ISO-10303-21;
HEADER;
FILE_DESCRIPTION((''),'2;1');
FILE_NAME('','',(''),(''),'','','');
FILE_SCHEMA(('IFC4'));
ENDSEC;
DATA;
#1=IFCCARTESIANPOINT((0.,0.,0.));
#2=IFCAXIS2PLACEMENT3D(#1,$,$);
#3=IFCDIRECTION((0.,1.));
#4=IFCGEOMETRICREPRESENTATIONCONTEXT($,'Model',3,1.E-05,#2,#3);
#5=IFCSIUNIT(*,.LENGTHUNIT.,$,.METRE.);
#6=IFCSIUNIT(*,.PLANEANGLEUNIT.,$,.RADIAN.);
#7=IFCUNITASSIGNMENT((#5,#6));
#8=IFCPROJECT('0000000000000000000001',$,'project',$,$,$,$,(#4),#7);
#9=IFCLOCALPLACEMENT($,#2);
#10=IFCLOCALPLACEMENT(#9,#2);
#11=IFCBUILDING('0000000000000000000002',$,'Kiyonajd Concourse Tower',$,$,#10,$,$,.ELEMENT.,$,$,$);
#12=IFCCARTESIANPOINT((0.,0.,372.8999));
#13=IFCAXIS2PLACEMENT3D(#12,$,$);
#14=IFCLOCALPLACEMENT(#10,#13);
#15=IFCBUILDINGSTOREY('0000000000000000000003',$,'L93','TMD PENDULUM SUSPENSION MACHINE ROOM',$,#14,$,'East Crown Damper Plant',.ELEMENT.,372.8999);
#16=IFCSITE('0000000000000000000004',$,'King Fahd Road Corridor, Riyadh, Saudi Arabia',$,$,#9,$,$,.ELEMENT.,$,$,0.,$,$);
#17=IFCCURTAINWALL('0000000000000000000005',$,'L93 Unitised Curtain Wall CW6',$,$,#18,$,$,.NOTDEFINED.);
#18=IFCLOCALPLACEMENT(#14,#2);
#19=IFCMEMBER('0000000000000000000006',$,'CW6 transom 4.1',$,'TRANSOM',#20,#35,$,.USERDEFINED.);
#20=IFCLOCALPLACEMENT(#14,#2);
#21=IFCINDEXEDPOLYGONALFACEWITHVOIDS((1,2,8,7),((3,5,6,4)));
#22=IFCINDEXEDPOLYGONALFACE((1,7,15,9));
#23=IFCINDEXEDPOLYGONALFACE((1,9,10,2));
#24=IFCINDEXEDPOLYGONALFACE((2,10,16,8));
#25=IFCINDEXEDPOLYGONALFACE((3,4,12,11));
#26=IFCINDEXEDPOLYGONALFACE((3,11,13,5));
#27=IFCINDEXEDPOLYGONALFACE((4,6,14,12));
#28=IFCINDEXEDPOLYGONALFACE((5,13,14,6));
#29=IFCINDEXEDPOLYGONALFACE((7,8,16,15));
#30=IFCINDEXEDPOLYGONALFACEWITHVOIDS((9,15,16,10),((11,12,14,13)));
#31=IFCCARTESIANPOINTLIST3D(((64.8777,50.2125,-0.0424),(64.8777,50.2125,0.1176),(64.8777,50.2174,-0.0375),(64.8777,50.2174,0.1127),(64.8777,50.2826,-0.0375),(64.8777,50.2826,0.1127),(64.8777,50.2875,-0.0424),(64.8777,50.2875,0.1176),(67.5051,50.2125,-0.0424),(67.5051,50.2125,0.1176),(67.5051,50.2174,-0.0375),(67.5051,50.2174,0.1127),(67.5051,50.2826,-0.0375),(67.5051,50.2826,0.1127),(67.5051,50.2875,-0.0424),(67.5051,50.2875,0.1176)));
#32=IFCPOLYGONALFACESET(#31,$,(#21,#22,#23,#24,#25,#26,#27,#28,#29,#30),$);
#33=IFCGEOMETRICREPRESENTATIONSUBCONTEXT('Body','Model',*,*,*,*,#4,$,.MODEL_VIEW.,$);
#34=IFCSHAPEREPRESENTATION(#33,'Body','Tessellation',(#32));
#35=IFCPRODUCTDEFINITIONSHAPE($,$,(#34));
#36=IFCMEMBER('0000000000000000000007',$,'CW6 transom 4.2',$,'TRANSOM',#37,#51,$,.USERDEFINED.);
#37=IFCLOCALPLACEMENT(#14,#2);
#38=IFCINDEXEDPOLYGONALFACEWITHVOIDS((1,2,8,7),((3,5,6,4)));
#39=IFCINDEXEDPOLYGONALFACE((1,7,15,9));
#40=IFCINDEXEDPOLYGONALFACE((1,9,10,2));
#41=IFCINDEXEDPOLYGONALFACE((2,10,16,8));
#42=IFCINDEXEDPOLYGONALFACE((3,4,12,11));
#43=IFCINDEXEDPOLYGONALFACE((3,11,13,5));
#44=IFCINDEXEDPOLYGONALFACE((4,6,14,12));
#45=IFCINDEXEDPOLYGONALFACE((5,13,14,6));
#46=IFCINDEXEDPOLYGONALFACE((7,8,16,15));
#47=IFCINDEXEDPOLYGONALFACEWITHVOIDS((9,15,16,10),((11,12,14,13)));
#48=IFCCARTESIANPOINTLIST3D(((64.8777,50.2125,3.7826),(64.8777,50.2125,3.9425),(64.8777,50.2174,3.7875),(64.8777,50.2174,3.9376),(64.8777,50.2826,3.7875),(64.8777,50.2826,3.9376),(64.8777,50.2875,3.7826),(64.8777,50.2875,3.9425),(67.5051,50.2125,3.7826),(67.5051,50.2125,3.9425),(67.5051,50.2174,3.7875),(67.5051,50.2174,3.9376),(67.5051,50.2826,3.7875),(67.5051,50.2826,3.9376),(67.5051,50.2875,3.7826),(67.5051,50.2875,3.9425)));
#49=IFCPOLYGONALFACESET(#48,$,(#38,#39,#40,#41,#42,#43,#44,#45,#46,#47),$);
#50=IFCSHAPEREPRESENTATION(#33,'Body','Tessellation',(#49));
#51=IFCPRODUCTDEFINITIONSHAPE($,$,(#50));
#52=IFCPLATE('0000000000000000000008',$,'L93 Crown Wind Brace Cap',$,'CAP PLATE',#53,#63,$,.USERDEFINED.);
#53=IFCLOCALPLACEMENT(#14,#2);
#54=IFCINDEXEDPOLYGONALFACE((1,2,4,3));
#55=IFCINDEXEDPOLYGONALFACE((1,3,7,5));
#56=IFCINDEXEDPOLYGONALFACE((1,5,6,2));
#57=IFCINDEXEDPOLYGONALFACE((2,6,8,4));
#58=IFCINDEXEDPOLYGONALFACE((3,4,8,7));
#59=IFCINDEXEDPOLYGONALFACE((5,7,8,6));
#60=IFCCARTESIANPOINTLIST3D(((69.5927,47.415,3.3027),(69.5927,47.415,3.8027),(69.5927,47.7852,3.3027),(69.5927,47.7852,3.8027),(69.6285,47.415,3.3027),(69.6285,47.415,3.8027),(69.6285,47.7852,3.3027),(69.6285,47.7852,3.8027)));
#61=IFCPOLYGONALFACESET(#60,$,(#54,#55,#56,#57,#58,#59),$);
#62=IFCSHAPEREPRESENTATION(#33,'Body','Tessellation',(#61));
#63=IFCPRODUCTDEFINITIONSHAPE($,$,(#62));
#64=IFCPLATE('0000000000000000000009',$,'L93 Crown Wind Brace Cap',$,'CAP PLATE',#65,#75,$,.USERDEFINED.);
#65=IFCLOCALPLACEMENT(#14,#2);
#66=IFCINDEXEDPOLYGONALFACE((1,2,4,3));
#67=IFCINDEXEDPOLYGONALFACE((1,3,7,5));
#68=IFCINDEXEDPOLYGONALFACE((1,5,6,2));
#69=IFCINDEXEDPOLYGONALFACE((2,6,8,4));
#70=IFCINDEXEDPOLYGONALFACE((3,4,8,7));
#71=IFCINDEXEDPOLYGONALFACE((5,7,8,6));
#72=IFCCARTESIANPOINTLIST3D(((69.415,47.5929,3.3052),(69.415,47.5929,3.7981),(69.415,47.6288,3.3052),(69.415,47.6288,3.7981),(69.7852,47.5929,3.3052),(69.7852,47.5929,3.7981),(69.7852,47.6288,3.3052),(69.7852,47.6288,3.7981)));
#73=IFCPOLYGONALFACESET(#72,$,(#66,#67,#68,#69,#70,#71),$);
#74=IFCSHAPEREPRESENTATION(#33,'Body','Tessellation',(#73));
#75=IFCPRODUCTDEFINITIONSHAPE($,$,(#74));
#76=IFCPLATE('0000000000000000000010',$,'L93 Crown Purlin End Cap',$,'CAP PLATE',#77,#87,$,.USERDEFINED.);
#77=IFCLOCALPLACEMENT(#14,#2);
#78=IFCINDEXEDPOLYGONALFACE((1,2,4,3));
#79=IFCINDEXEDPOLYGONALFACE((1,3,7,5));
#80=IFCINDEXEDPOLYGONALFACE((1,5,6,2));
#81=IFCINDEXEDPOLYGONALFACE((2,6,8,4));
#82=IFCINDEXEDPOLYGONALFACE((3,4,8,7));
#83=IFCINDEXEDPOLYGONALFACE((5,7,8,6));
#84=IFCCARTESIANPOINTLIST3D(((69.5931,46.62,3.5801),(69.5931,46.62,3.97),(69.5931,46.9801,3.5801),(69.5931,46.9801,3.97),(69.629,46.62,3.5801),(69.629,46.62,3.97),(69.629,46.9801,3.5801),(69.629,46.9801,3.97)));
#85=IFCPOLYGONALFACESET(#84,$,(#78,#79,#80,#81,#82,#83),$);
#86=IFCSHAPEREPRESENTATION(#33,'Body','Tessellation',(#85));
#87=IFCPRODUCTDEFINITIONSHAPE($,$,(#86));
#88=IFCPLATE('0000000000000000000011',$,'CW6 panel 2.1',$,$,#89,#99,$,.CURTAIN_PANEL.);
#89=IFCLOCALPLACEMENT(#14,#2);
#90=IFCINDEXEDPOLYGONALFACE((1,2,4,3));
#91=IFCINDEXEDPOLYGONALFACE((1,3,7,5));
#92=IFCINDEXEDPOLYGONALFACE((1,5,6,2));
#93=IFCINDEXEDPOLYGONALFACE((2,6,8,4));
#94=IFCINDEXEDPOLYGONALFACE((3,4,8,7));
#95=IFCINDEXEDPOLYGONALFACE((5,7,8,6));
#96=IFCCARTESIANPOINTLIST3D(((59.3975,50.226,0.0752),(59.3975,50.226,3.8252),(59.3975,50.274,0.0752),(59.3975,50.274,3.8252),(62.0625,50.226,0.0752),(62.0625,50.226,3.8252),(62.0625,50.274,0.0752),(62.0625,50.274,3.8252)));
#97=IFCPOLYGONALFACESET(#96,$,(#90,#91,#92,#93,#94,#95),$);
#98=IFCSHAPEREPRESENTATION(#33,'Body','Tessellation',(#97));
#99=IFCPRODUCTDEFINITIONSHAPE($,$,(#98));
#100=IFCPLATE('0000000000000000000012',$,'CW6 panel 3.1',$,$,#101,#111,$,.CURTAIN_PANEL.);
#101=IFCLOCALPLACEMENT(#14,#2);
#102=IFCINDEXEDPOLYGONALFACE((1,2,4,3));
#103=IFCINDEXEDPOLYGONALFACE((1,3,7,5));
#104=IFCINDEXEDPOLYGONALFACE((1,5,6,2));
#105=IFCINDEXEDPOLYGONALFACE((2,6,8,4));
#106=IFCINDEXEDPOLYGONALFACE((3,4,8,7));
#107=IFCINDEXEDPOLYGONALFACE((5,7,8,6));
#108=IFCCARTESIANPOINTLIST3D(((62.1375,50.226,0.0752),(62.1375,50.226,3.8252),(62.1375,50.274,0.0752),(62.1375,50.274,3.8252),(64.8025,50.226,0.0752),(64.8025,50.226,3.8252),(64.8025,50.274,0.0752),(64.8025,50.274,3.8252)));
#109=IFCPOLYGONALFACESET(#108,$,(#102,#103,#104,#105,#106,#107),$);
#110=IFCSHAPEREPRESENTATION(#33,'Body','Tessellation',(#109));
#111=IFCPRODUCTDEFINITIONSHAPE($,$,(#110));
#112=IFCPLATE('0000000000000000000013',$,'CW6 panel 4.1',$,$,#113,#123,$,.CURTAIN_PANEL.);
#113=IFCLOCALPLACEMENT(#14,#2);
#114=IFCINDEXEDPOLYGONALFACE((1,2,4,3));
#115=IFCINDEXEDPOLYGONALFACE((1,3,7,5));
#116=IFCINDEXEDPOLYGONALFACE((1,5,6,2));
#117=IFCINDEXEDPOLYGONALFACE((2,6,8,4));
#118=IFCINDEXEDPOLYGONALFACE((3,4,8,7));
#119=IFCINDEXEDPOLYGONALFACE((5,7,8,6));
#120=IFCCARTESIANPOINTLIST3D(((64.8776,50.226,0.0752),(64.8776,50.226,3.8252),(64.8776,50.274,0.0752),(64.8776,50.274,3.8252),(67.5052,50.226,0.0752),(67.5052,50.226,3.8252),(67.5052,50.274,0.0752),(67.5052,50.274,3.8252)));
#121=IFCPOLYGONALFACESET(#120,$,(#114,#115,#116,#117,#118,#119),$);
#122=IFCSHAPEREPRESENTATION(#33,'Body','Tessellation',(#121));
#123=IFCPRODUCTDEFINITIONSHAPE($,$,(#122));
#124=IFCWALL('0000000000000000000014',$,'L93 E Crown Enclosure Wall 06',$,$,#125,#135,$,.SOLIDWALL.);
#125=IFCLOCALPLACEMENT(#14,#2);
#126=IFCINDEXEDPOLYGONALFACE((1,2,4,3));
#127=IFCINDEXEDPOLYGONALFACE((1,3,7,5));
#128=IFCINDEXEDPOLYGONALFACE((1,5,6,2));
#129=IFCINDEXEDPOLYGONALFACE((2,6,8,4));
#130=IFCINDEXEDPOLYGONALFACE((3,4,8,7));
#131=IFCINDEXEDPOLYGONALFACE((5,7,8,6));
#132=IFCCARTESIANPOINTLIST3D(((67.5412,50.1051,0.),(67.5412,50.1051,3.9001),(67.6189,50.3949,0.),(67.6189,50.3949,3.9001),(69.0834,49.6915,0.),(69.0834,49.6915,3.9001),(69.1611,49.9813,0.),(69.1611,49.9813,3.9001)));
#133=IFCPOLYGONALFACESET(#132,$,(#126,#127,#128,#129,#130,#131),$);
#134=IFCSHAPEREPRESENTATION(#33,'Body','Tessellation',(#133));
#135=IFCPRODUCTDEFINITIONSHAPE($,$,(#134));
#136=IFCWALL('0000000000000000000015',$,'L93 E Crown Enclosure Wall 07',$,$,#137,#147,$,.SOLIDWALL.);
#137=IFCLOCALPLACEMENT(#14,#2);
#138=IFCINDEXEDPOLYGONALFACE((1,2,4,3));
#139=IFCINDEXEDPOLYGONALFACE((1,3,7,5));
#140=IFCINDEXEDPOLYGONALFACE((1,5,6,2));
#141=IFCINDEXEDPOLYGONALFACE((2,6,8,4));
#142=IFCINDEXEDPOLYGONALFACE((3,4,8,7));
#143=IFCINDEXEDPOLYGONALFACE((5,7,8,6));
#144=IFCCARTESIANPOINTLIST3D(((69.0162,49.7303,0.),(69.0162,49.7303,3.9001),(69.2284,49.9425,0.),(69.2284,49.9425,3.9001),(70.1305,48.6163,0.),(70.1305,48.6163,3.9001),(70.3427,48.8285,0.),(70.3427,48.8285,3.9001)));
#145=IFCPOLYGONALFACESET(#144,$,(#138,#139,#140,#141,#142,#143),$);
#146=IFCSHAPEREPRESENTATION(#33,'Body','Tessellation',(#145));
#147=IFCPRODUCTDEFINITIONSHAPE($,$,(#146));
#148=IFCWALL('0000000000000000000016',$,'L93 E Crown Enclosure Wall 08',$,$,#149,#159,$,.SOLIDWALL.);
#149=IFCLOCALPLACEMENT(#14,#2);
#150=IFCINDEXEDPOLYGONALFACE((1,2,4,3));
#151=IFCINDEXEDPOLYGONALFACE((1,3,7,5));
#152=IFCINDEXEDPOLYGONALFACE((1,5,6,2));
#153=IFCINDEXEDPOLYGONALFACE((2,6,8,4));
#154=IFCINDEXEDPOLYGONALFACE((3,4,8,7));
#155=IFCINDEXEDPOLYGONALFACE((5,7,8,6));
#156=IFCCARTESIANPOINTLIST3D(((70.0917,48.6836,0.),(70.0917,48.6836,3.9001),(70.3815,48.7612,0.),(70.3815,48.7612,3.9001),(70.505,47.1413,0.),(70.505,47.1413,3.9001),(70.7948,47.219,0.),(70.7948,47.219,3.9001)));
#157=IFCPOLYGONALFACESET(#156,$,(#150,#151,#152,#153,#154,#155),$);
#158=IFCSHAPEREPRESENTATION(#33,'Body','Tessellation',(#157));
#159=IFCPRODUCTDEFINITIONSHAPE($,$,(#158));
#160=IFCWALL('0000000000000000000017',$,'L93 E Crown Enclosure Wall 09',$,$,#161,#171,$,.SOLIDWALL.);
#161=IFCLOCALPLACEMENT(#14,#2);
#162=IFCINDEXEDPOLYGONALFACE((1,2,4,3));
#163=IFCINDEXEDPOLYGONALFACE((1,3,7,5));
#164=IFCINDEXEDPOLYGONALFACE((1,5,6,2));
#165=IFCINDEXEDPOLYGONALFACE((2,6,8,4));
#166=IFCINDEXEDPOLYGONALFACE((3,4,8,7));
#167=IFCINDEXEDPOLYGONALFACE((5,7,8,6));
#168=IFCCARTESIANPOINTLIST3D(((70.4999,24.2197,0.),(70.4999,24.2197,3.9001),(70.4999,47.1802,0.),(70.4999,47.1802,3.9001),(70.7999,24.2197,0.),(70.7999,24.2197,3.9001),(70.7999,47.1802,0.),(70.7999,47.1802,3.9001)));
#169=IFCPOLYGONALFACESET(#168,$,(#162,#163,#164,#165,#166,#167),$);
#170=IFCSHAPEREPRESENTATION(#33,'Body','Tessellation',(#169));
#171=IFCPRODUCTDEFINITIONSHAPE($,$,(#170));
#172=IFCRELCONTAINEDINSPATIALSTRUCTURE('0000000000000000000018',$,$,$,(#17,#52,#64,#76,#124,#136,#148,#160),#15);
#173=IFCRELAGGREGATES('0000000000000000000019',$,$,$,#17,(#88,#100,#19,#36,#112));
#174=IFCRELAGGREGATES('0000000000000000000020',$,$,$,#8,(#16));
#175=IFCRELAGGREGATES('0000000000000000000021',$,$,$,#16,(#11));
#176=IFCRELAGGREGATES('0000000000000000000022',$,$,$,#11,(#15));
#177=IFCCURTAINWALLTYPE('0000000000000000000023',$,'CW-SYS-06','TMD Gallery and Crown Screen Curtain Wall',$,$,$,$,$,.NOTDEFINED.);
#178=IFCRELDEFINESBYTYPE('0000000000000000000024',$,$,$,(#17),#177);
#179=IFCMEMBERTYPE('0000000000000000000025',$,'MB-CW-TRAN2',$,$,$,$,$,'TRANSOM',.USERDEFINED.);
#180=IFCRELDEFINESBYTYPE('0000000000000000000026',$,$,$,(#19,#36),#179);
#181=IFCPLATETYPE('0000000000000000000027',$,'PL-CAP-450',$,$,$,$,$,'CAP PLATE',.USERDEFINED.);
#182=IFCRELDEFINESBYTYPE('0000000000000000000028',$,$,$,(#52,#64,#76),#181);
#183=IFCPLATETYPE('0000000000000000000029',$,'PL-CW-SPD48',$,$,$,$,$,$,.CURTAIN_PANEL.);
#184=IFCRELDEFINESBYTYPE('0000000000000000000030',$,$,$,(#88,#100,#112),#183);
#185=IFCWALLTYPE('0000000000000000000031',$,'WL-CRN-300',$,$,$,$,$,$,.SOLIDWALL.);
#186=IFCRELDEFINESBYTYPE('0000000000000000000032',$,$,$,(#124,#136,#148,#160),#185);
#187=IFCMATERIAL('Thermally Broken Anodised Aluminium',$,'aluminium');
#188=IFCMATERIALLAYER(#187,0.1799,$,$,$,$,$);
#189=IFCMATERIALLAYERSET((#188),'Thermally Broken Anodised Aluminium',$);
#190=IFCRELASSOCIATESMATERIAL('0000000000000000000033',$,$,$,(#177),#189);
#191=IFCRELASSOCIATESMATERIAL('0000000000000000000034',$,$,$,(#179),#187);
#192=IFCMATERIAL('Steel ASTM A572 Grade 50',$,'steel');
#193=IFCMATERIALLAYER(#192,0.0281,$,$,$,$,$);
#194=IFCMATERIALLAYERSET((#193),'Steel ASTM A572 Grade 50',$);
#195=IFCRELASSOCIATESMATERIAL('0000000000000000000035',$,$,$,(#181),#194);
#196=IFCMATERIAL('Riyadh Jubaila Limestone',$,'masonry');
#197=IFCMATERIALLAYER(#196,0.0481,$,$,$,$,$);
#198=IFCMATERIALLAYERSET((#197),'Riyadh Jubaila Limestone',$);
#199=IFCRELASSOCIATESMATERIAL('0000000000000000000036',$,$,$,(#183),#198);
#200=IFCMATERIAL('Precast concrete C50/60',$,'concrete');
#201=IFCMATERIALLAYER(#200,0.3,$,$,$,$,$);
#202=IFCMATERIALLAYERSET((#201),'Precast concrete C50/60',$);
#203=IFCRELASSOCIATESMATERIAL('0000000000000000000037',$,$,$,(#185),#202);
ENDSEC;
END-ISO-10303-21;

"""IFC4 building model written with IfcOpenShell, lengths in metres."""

from ifc_helpers import new_model, si_unit, direction, frame, frame_2d, origin, origin_2d, place, context, subcontext, project, spatial, rectangle, hollow_rectangle, extrude, material, layer, layer_set, material_profile, profile_set, type_object, element, aggregate, save


model = new_model("IFC4")

# Units and contexts
model_context = context("Model", 3, precision=1e-05, world=origin(), true_north=direction((0.0, 1.0)))
body_context = subcontext(model_context, "Body", "Model", "MODEL_VIEW")
ifc_project = project(units=[si_unit("LENGTHUNIT", "METRE"), si_unit("PLANEANGLEUNIT", "RADIAN")], contexts=[model_context])

# Site, building, storey
site_placement = place(None, origin())
site = spatial("IfcSite", under=ifc_project, at=site_placement, Name="King Fahd Road Corridor, Riyadh, Saudi Arabia", CompositionType="ELEMENT", RefElevation=0.0)
building_placement = place(site_placement, origin())
building = spatial("IfcBuilding", under=site, at=building_placement, Name="Kiyonajd Concourse Tower", CompositionType="ELEMENT")
storey_placement = place(building_placement, frame((0.0, 0.0, 372.8999)))
storey = spatial("IfcBuildingStorey", under=building, at=storey_placement, Name="L93", Description="TMD PENDULUM SUSPENSION MACHINE ROOM", LongName="East Crown Damper Plant", CompositionType="ELEMENT", Elevation=372.8999)

# Shared definitions
ifc_material_1 = material(Name="Steel ASTM A572 Grade 50", Category="steel")

# Curtain wall, members
ifc_material_2 = material(Name="Thermally Broken Anodised Aluminium", Category="aluminium")
ifc_layer_1 = layer(ifc_material_2, 0.1799)
ifc_layer_set_1 = layer_set([ifc_layer_1], Name="Thermally Broken Anodised Aluminium")
curtain_wall_type = type_object("IfcCurtainWallType", Name="CW-SYS-06", Description="TMD Gallery and Crown Screen Curtain Wall", PredefinedType="NOTDEFINED", material=ifc_layer_set_1)
curtain_wall_placement = place(storey_placement, origin())
curtain_wall = element("IfcCurtainWall", 1, at=curtain_wall_placement, inside=storey, type_object=curtain_wall_type, Name="L93 Unitised Curtain Wall CW6", PredefinedType="NOTDEFINED")
ifc_material_profile_1 = material_profile(ifc_material_2, hollow_rectangle(XDim=0.075, YDim=0.1599, WallThickness=0.0049, at=origin_2d()), Name="TRAN-75x160")
ifc_profile_set_1 = profile_set([ifc_material_profile_1], Name="Thermally Broken Anodised Aluminium")
member_type_1 = type_object("IfcMemberType", Name="MB-CW-TRAN2", ElementType="TRANSOM", PredefinedType="USERDEFINED", material=ifc_profile_set_1)
member_1_placement = place(storey_placement, frame((64.8777, 50.25, 0.0376), z_axis=(1.0, 0.0, 0.0), x_axis=(0.0, 1.0, 0.0)))
member_1 = element("IfcMember", 2, at=member_1_placement, type_object=member_type_1, Name="CW6 transom 4.1", ObjectType="TRANSOM", PredefinedType="USERDEFINED", context=body_context, shape_type="SweptSolid", body=[
    extrude(hollow_rectangle(XDim=0.075, YDim=0.1599, WallThickness=0.0049, at=origin_2d()), origin(), (0.0, 0.0, 1.0), 2.6274),
])
member_2_placement = place(storey_placement, frame((64.8777, 50.25, 3.8625), z_axis=(1.0, 0.0, 0.0), x_axis=(0.0, 1.0, 0.0)))
member_2 = element("IfcMember", 3, at=member_2_placement, type_object=member_type_1, Name="CW6 transom 4.2", ObjectType="TRANSOM", PredefinedType="USERDEFINED", context=body_context, shape_type="SweptSolid", body=[
    extrude(hollow_rectangle(XDim=0.075, YDim=0.1599, WallThickness=0.0049, at=origin_2d()), origin(), (0.0, 0.0, 1.0), 2.6274),
])

# Plates
ifc_layer_2 = layer(ifc_material_1, 0.0281)
ifc_layer_set_2 = layer_set([ifc_layer_2], Name="Steel ASTM A572 Grade 50")
plate_type_1 = type_object("IfcPlateType", Name="PL-CAP-450", ElementType="CAP PLATE", PredefinedType="USERDEFINED", material=ifc_layer_set_2)
plate_1_placement = place(storey_placement, frame((69.6106, 47.6001, 3.3027), z_axis=(0.0, 0.0, 1.0), x_axis=(1.0, 0.0, 0.0)))
element("IfcPlate", 4, at=plate_1_placement, inside=storey, type_object=plate_type_1, Name="L93 Crown Wind Brace Cap", ObjectType="CAP PLATE", PredefinedType="USERDEFINED", context=body_context, shape_type="SweptSolid", body=[
    extrude(rectangle(XDim=0.0359, YDim=0.3701, at=origin_2d()), origin(), (0.0, 0.0, 1.0), 0.5),
])
plate_2_placement = place(storey_placement, frame((69.6001, 47.6108, 3.3052), z_axis=(0.0, 0.0, 1.0), x_axis=(0.0, 1.0, 0.0)))
element("IfcPlate", 5, at=plate_2_placement, inside=storey, type_object=plate_type_1, Name="L93 Crown Wind Brace Cap", ObjectType="CAP PLATE", PredefinedType="USERDEFINED", context=body_context, shape_type="SweptSolid", body=[
    extrude(rectangle(XDim=0.0359, YDim=0.3701, at=origin_2d()), origin(), (0.0, 0.0, 1.0), 0.4929),
])
plate_3_placement = place(storey_placement, frame((69.6111, 46.8, 3.5801), z_axis=(0.0, 0.0, 1.0), x_axis=(1.0, 0.0, 0.0)))
element("IfcPlate", 6, at=plate_3_placement, inside=storey, type_object=plate_type_1, Name="L93 Crown Purlin End Cap", ObjectType="CAP PLATE", PredefinedType="USERDEFINED", context=body_context, shape_type="SweptSolid", body=[
    extrude(rectangle(XDim=0.0359, YDim=0.3601, at=origin_2d()), origin(), (0.0, 0.0, 1.0), 0.3899),
])

# Plates
ifc_material_3 = material(Name="Riyadh Jubaila Limestone", Category="masonry")
ifc_layer_3 = layer(ifc_material_3, 0.0481)
ifc_layer_set_3 = layer_set([ifc_layer_3], Name="Riyadh Jubaila Limestone")
plate_type_2 = type_object("IfcPlateType", Name="PL-CW-SPD48", PredefinedType="CURTAIN_PANEL", material=ifc_layer_set_3)
plate_4_placement = place(storey_placement, frame((60.73, 50.25, 0.0752), z_axis=(0.0, 0.0, 1.0), x_axis=(1.0, 0.0, 0.0)))
plate_4 = element("IfcPlate", 7, at=plate_4_placement, type_object=plate_type_2, Name="CW6 panel 2.1", PredefinedType="CURTAIN_PANEL", context=body_context, shape_type="SweptSolid", body=[
    extrude(rectangle(XDim=2.665, YDim=0.0481, at=origin_2d()), origin(), (0.0, 0.0, 1.0), 3.75),
])
plate_5_placement = place(storey_placement, frame((63.47, 50.25, 0.0752), z_axis=(0.0, 0.0, 1.0), x_axis=(1.0, 0.0, 0.0)))
plate_5 = element("IfcPlate", 8, at=plate_5_placement, type_object=plate_type_2, Name="CW6 panel 3.1", PredefinedType="CURTAIN_PANEL", context=body_context, shape_type="SweptSolid", body=[
    extrude(rectangle(XDim=2.665, YDim=0.0481, at=origin_2d()), origin(), (0.0, 0.0, 1.0), 3.75),
])
plate_6_placement = place(storey_placement, frame((66.1914, 50.25, 0.0752), z_axis=(0.0, 0.0, 1.0), x_axis=(1.0, 0.0, 0.0)))
plate_6 = element("IfcPlate", 9, at=plate_6_placement, type_object=plate_type_2, Name="CW6 panel 4.1", PredefinedType="CURTAIN_PANEL", context=body_context, shape_type="SweptSolid", body=[
    extrude(rectangle(XDim=2.6277, YDim=0.0481, at=origin_2d()), origin(), (0.0, 0.0, 1.0), 3.75),
])
aggregate(curtain_wall, [plate_4, plate_5, member_1, member_2, plate_6])

# Walls
ifc_material_4 = material(Name="Precast concrete C50/60", Category="concrete")
ifc_layer_4 = layer(ifc_material_4, 0.3)
ifc_layer_set_4 = layer_set([ifc_layer_4], Name="Precast concrete C50/60")
wall_type = type_object("IfcWallType", Name="WL-CRN-300", PredefinedType="SOLIDWALL", material=ifc_layer_set_4)
wall_1_placement = place(storey_placement, frame((67.5801, 50.25, 0.0), z_axis=(0.0, 0.0, 1.0), x_axis=(0.965874, -0.259014, 0.0)))
element("IfcWall", 10, at=wall_1_placement, inside=storey, type_object=wall_type, Name="L93 E Crown Enclosure Wall 06", PredefinedType="SOLIDWALL", context=body_context, shape_type="SweptSolid", body=[
    extrude(rectangle(XDim=1.5967, YDim=0.3, at=frame_2d((0.7983, 0.0))), origin(), (0.0, 0.0, 1.0), 3.9001),
])
wall_2_placement = place(storey_placement, frame((69.1223, 49.8364, 0.0), z_axis=(0.0, 0.0, 1.0), x_axis=(0.707184, -0.707029, 0.0)))
element("IfcWall", 11, at=wall_2_placement, inside=storey, type_object=wall_type, Name="L93 E Crown Enclosure Wall 07", PredefinedType="SOLIDWALL", context=body_context, shape_type="SweptSolid", body=[
    extrude(rectangle(XDim=1.5757, YDim=0.3, at=frame_2d((0.7878, 0.0))), origin(), (0.0, 0.0, 1.0), 3.9001),
])
wall_3_placement = place(storey_placement, frame((70.2366, 48.7224, 0.0), z_axis=(0.0, 0.0, 1.0), x_axis=(0.258871, -0.965912, 0.0)))
element("IfcWall", 12, at=wall_3_placement, inside=storey, type_object=wall_type, Name="L93 E Crown Enclosure Wall 08", PredefinedType="SOLIDWALL", context=body_context, shape_type="SweptSolid", body=[
    extrude(rectangle(XDim=1.5967, YDim=0.3, at=frame_2d((0.7983, 0.0))), origin(), (0.0, 0.0, 1.0), 3.9001),
])
wall_4_placement = place(storey_placement, frame((70.6499, 47.1802, 0.0), z_axis=(0.0, 0.0, 1.0), x_axis=(0.0, -1.0, 0.0)))
element("IfcWall", 13, at=wall_4_placement, inside=storey, type_object=wall_type, Name="L93 E Crown Enclosure Wall 09", PredefinedType="SOLIDWALL", context=body_context, shape_type="SweptSolid", body=[
    extrude(rectangle(XDim=22.9604, YDim=0.3, at=frame_2d((11.4802, 0.0))), origin(), (0.0, 0.0, 1.0), 3.9001),
])

save(model, "model.ifc")
